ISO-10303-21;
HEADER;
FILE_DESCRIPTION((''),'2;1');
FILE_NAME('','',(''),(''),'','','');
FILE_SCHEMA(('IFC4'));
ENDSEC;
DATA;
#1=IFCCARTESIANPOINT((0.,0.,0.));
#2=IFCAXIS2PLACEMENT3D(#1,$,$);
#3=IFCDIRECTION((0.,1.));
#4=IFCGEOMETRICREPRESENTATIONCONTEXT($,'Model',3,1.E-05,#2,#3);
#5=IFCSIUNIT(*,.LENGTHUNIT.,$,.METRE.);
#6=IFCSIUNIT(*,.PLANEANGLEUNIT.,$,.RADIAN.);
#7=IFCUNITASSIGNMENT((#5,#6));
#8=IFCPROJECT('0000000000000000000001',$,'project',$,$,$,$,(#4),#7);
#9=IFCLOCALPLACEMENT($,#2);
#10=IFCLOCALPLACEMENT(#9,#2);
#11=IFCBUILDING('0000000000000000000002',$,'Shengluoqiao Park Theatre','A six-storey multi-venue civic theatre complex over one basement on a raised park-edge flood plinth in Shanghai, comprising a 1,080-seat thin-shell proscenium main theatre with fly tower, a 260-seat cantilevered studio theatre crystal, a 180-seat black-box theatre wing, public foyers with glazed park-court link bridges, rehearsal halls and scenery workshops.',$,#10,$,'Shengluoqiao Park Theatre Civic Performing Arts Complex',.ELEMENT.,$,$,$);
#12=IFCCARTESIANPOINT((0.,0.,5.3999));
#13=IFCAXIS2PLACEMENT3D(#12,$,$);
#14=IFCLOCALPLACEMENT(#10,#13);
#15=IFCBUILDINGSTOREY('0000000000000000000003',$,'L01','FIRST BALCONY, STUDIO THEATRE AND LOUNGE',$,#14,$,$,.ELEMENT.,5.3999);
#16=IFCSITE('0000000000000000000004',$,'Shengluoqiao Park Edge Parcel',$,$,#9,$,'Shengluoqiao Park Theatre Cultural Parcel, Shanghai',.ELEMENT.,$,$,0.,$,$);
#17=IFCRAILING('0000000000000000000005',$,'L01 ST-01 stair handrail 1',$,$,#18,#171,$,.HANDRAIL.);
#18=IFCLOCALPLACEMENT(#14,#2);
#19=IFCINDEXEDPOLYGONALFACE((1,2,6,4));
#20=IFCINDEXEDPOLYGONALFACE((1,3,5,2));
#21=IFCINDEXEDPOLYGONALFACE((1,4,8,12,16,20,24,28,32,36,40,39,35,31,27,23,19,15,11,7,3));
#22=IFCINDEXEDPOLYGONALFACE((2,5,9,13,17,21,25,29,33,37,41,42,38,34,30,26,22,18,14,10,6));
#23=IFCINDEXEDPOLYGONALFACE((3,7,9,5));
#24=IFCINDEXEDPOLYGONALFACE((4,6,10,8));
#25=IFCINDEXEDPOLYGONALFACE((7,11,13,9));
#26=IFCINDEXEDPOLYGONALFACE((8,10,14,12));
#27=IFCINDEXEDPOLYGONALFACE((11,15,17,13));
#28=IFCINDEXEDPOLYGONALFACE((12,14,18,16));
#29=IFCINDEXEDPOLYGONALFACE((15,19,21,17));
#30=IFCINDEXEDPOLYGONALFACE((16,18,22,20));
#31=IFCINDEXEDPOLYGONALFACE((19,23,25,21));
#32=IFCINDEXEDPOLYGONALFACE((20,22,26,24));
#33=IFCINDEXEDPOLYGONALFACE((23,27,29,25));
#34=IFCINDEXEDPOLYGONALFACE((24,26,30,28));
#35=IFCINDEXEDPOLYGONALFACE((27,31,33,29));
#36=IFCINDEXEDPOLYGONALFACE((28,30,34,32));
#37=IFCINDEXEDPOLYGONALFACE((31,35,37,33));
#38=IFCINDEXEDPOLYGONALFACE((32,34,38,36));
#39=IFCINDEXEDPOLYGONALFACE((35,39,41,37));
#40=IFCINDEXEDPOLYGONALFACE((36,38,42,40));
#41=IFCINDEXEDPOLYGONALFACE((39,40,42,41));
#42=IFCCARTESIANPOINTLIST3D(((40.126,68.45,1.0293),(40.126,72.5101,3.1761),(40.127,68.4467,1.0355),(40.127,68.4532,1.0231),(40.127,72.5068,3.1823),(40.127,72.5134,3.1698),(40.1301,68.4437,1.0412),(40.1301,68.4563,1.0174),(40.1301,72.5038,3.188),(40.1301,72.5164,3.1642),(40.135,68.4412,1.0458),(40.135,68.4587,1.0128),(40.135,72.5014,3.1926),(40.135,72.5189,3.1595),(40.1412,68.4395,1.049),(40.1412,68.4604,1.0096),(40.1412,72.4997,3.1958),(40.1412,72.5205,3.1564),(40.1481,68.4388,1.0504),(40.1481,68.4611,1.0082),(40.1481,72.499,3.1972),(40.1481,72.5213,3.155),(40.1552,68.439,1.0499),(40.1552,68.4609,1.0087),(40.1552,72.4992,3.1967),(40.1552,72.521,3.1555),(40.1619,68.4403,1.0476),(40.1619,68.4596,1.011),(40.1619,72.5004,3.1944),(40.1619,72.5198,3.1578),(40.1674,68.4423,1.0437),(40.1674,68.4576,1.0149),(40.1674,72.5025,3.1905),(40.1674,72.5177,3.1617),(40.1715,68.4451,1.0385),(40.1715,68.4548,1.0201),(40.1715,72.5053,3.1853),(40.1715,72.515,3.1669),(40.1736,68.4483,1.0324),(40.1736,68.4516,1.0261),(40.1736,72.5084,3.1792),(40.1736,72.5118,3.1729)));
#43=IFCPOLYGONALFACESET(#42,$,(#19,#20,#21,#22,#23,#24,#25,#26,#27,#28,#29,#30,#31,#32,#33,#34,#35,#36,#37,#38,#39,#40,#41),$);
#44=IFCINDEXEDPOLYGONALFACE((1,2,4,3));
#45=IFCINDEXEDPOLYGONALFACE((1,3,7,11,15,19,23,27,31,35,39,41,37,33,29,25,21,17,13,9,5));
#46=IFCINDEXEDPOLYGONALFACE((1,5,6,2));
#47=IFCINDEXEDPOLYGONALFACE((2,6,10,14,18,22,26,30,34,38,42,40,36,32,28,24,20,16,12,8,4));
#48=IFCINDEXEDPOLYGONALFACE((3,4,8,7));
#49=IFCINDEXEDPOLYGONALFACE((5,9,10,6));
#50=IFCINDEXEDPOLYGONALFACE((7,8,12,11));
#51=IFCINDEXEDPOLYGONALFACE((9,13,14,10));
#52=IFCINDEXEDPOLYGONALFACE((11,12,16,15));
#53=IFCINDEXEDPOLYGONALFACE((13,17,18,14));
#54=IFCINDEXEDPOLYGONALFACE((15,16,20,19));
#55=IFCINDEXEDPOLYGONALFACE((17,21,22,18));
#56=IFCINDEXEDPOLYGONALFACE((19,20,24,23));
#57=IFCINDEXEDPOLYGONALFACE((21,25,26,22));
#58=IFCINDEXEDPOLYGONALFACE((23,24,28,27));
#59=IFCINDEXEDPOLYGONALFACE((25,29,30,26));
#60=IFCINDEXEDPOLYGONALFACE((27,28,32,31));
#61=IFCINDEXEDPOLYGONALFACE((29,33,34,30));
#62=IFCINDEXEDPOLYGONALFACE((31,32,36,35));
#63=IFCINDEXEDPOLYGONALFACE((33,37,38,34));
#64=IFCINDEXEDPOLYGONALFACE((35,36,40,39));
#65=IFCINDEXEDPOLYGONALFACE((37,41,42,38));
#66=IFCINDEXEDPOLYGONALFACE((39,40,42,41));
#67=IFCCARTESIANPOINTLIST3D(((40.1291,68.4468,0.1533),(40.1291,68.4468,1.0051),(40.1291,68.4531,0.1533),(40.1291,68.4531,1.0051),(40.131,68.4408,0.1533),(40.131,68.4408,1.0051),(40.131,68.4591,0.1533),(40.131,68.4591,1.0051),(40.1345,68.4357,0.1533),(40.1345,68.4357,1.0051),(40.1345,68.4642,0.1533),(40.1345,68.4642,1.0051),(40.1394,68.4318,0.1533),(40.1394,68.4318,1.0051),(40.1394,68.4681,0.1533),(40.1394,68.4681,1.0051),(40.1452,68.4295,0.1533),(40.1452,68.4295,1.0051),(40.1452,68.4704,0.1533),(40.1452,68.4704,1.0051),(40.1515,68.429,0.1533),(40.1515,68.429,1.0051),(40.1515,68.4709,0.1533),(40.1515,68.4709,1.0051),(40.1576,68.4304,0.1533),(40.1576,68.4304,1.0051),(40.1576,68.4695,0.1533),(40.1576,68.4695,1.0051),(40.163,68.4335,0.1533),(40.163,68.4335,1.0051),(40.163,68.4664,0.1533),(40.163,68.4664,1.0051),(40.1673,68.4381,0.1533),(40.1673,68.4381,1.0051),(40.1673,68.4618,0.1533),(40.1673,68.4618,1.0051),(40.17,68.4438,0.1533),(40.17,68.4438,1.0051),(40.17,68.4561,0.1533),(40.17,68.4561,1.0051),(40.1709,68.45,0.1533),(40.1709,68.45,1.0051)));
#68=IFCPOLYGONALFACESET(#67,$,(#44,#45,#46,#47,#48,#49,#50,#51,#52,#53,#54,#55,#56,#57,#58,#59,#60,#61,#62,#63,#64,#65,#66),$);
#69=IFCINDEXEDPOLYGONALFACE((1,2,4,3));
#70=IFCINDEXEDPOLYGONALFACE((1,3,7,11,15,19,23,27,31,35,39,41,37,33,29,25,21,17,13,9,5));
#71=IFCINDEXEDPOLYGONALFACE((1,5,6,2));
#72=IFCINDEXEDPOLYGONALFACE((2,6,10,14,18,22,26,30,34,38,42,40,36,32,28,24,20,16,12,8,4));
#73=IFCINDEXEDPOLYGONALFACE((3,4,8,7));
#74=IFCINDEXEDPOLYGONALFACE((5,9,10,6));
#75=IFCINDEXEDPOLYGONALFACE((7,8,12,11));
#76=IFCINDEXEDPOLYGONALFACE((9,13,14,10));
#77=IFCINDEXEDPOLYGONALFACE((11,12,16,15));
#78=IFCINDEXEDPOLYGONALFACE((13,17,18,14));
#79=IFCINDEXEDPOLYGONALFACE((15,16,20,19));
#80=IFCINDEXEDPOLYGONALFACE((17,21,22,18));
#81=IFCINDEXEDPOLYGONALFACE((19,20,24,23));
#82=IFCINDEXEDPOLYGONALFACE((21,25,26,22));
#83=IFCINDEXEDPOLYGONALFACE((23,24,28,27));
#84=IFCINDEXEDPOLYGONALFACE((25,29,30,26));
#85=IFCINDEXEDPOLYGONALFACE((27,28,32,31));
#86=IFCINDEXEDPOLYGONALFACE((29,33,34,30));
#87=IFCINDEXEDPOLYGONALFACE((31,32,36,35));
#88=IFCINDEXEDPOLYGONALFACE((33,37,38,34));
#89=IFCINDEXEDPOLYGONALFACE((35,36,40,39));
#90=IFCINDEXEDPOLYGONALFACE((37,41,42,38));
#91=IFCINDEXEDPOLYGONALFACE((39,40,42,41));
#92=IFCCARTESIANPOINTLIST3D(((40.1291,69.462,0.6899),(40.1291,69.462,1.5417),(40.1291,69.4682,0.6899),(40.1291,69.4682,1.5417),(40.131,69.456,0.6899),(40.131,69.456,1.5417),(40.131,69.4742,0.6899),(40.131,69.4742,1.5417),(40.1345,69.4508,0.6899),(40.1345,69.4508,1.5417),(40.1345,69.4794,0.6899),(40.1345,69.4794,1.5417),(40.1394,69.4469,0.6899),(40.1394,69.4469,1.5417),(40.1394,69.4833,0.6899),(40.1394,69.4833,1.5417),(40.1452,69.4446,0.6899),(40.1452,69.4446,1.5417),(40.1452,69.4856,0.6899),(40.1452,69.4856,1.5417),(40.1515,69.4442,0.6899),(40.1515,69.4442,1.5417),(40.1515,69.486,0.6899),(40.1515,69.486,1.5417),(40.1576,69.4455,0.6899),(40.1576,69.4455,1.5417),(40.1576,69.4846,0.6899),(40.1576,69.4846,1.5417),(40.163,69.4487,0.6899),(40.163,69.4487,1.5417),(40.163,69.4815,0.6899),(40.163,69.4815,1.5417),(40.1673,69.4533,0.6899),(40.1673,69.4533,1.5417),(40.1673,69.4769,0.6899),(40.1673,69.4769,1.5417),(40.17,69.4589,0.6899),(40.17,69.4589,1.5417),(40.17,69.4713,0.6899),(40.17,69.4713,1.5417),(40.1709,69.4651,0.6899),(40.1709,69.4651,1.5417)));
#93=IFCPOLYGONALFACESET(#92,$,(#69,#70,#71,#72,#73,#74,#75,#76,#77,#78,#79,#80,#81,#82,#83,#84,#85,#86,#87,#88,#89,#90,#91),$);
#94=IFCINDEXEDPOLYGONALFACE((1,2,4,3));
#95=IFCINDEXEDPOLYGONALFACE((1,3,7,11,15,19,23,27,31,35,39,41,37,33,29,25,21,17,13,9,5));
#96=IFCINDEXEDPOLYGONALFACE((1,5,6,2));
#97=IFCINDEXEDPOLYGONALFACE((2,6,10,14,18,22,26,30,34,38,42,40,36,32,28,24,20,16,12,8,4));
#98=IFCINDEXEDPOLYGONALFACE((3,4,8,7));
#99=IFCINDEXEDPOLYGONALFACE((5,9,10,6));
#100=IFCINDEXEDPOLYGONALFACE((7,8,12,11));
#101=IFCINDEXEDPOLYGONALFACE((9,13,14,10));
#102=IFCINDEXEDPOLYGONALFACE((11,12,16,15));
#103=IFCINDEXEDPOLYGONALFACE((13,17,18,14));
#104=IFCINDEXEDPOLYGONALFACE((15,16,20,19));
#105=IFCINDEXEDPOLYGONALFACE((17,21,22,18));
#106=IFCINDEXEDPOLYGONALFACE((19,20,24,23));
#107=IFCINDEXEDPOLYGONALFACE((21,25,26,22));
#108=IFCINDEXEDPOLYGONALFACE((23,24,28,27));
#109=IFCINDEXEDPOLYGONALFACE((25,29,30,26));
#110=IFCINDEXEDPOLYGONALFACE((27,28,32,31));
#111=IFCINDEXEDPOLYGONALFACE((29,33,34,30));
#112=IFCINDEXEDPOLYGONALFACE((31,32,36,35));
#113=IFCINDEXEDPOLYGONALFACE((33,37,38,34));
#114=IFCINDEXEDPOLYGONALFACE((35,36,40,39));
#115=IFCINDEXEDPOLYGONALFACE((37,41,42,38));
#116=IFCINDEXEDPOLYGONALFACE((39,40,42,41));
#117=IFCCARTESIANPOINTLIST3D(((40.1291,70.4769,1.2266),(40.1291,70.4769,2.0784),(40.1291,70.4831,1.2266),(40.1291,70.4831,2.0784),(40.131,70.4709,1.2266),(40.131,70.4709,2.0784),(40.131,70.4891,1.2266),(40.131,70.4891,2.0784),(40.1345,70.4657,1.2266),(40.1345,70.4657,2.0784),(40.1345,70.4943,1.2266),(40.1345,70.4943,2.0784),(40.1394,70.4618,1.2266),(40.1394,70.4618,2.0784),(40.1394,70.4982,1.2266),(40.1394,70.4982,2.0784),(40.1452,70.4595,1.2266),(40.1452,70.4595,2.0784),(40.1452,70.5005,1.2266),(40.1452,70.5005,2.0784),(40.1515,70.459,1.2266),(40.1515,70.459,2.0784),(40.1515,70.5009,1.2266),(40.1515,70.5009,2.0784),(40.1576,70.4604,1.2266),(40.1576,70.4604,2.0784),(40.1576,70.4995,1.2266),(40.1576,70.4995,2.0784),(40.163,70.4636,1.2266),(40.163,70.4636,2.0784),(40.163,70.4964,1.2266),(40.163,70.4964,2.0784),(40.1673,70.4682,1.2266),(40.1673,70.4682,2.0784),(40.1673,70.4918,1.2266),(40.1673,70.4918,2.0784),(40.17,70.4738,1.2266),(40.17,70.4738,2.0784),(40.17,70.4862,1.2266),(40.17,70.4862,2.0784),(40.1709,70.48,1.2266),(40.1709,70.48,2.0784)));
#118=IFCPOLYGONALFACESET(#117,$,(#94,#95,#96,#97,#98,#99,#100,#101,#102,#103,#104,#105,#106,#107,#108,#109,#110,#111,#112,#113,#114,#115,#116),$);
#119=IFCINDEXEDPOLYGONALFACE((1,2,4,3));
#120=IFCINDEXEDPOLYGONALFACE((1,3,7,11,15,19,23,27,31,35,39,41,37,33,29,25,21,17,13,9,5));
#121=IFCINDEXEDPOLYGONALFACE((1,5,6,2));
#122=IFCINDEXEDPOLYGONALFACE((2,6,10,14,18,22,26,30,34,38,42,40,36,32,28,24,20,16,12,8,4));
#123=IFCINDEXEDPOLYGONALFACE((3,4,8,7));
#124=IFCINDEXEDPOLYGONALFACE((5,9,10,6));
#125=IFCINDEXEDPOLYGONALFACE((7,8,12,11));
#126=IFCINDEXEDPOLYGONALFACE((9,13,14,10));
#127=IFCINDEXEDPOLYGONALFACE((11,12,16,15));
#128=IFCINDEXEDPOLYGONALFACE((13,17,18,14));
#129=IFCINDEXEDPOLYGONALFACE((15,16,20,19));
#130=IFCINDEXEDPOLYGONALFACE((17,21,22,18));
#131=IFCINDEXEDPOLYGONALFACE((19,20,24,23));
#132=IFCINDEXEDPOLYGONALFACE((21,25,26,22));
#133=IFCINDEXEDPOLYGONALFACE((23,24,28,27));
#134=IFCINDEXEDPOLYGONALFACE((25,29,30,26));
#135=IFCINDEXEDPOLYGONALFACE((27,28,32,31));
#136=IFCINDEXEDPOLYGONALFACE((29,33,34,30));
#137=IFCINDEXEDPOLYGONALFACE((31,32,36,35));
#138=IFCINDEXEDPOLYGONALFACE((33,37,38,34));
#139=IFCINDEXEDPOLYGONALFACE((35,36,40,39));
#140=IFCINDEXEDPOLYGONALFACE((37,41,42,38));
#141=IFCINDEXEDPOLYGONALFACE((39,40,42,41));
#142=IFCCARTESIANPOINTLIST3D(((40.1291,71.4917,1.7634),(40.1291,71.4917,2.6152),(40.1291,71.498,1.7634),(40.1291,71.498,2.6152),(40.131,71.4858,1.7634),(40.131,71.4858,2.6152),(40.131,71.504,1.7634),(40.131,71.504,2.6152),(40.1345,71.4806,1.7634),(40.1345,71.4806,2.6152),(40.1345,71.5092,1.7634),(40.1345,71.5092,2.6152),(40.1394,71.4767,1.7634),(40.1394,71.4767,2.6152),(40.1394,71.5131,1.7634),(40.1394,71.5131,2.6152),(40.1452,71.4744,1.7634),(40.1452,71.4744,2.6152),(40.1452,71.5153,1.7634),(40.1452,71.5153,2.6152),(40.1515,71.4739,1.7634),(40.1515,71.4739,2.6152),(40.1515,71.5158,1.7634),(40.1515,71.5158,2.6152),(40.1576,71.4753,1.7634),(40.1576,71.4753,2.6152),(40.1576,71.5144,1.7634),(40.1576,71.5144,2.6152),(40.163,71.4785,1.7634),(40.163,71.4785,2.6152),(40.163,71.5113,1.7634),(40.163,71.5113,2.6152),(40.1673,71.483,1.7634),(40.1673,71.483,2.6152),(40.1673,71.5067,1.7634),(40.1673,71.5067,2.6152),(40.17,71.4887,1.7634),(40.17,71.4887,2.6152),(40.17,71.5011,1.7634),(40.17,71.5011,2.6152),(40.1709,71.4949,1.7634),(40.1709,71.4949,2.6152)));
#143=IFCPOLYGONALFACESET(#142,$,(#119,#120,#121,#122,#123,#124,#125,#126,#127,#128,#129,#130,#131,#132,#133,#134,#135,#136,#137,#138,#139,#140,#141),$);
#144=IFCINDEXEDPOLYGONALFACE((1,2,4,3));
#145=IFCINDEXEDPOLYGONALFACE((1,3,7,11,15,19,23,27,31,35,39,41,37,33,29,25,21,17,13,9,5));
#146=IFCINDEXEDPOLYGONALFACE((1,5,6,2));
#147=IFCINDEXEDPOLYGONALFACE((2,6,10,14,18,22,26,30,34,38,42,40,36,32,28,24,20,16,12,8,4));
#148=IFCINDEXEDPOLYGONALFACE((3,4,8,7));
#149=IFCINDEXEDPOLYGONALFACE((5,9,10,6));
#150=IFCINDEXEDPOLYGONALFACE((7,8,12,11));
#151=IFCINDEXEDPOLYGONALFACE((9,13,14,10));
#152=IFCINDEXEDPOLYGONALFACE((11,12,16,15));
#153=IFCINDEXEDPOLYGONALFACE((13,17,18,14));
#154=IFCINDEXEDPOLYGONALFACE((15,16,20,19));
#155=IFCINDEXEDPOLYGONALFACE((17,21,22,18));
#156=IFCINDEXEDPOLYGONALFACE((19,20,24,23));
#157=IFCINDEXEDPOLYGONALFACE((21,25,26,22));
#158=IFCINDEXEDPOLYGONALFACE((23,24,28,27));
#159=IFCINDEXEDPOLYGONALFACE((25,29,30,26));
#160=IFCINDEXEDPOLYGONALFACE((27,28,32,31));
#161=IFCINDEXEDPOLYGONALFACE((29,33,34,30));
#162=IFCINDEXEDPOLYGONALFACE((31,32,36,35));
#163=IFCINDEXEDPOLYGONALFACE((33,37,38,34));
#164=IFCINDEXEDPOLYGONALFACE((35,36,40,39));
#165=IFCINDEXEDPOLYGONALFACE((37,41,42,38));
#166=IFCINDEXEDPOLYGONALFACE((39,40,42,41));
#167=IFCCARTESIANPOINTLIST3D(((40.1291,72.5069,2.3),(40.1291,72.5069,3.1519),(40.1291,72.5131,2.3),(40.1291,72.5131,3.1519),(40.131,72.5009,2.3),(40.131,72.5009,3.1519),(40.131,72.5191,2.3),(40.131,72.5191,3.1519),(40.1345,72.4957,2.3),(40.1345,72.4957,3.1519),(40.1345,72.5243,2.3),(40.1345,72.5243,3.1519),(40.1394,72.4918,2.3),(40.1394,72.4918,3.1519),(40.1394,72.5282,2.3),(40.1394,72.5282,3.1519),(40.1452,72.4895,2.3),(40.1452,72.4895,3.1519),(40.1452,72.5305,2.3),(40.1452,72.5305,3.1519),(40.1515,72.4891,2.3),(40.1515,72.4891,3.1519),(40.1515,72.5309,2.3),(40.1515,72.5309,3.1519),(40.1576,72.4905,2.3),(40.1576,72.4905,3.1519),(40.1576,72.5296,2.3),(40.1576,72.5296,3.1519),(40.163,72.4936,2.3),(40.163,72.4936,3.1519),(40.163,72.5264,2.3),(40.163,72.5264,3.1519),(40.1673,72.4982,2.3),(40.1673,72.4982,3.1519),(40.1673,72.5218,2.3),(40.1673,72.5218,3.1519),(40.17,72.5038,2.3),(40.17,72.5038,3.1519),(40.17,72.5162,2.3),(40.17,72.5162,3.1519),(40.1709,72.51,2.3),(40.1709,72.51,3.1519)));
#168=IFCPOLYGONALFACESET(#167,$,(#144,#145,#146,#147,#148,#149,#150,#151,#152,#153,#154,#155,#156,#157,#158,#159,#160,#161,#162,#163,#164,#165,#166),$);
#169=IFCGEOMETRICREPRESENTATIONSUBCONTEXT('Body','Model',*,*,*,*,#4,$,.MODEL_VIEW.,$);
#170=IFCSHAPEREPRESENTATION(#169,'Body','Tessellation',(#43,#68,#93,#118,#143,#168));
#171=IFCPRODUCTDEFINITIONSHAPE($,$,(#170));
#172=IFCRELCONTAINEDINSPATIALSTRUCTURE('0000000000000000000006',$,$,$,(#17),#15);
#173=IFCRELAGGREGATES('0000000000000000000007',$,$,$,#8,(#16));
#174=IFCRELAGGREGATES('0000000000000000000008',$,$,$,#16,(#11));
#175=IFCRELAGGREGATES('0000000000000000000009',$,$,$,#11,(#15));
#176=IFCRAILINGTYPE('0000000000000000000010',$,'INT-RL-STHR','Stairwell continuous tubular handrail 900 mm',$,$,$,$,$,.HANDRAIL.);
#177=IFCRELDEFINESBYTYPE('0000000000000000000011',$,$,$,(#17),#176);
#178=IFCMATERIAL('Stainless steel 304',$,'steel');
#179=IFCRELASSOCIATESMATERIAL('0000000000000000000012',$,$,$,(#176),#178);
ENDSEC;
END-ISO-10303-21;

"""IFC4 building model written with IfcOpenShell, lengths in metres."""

from ifc_helpers import new_model, si_unit, direction, frame, origin, origin_2d, place, context, subcontext, project, spatial, circle, extrude, material, type_object, element, save


model = new_model("IFC4")

# Units and contexts
model_context = context("Model", 3, precision=1e-05, world=origin(), true_north=direction((0.0, 1.0)))
body_context = subcontext(model_context, "Body", "Model", "MODEL_VIEW")
ifc_project = project(units=[si_unit("LENGTHUNIT", "METRE"), si_unit("PLANEANGLEUNIT", "RADIAN")], contexts=[model_context])

# Site, building, storey
site_placement = place(None, origin())
site = spatial("IfcSite", under=ifc_project, at=site_placement, Name="Shengluoqiao Park Edge Parcel", LongName="Shengluoqiao Park Theatre Cultural Parcel, Shanghai", CompositionType="ELEMENT", RefElevation=0.0)
building_placement = place(site_placement, origin())
building = spatial("IfcBuilding", under=site, at=building_placement, Name="Shengluoqiao Park Theatre", Description="A six-storey multi-venue civic theatre complex over one basement on a raised park-edge flood plinth in Shanghai, comprising a 1,080-seat thin-shell proscenium main theatre with fly tower, a 260-seat cantilevered studio theatre crystal, a 180-seat black-box theatre wing, public foyers with glazed park-court link bridges, rehearsal halls and scenery workshops.", LongName="Shengluoqiao Park Theatre Civic Performing Arts Complex", CompositionType="ELEMENT")
storey_placement = place(building_placement, frame((0.0, 0.0, 5.3999)))
storey = spatial("IfcBuildingStorey", under=building, at=storey_placement, Name="L01", Description="FIRST BALCONY, STUDIO THEATRE AND LOUNGE", CompositionType="ELEMENT", Elevation=5.3999)

# Railing
ifc_material_1 = material(Name="Stainless steel 304", Category="steel")
railing_type_1 = type_object("IfcRailingType", Name="INT-RL-STHR", Description="Stairwell continuous tubular handrail 900 mm", PredefinedType="HANDRAIL", material=ifc_material_1)
railing_1_placement = place(storey_placement, frame((40.1499, 68.45, 0.1533)))
element("IfcRailing", 1, at=railing_1_placement, inside=storey, type_object=railing_type_1, Name="L01 ST-01 stair handrail 1", PredefinedType="HANDRAIL", context=body_context, shape_type="SweptSolid", body=[
    extrude(circle(Radius=0.0239, at=origin_2d()), frame((0.0, 0.0, 0.876), z_axis=(0.0, 0.884032, 0.467426), x_axis=(-1.0, 0.0, 0.0)), (0.0, 0.0, 1.0), 4.5928),
    extrude(circle(Radius=0.021, at=origin_2d()), origin(), (0.0, 0.0, 1.0), 0.8518),
    extrude(circle(Radius=0.021, at=origin_2d()), frame((0.0, 1.0151, 0.5366)), (0.0, 0.0, 1.0), 0.8518),
    extrude(circle(Radius=0.021, at=origin_2d()), frame((0.0, 2.03, 1.0732)), (0.0, 0.0, 1.0), 0.8518),
    extrude(circle(Radius=0.021, at=origin_2d()), frame((0.0, 3.0449, 1.6101)), (0.0, 0.0, 1.0), 0.8518),
    extrude(circle(Radius=0.021, at=origin_2d()), frame((0.0, 4.0601, 2.1467)), (0.0, 0.0, 1.0), 0.8518),
])

save(model, "model.ifc")
